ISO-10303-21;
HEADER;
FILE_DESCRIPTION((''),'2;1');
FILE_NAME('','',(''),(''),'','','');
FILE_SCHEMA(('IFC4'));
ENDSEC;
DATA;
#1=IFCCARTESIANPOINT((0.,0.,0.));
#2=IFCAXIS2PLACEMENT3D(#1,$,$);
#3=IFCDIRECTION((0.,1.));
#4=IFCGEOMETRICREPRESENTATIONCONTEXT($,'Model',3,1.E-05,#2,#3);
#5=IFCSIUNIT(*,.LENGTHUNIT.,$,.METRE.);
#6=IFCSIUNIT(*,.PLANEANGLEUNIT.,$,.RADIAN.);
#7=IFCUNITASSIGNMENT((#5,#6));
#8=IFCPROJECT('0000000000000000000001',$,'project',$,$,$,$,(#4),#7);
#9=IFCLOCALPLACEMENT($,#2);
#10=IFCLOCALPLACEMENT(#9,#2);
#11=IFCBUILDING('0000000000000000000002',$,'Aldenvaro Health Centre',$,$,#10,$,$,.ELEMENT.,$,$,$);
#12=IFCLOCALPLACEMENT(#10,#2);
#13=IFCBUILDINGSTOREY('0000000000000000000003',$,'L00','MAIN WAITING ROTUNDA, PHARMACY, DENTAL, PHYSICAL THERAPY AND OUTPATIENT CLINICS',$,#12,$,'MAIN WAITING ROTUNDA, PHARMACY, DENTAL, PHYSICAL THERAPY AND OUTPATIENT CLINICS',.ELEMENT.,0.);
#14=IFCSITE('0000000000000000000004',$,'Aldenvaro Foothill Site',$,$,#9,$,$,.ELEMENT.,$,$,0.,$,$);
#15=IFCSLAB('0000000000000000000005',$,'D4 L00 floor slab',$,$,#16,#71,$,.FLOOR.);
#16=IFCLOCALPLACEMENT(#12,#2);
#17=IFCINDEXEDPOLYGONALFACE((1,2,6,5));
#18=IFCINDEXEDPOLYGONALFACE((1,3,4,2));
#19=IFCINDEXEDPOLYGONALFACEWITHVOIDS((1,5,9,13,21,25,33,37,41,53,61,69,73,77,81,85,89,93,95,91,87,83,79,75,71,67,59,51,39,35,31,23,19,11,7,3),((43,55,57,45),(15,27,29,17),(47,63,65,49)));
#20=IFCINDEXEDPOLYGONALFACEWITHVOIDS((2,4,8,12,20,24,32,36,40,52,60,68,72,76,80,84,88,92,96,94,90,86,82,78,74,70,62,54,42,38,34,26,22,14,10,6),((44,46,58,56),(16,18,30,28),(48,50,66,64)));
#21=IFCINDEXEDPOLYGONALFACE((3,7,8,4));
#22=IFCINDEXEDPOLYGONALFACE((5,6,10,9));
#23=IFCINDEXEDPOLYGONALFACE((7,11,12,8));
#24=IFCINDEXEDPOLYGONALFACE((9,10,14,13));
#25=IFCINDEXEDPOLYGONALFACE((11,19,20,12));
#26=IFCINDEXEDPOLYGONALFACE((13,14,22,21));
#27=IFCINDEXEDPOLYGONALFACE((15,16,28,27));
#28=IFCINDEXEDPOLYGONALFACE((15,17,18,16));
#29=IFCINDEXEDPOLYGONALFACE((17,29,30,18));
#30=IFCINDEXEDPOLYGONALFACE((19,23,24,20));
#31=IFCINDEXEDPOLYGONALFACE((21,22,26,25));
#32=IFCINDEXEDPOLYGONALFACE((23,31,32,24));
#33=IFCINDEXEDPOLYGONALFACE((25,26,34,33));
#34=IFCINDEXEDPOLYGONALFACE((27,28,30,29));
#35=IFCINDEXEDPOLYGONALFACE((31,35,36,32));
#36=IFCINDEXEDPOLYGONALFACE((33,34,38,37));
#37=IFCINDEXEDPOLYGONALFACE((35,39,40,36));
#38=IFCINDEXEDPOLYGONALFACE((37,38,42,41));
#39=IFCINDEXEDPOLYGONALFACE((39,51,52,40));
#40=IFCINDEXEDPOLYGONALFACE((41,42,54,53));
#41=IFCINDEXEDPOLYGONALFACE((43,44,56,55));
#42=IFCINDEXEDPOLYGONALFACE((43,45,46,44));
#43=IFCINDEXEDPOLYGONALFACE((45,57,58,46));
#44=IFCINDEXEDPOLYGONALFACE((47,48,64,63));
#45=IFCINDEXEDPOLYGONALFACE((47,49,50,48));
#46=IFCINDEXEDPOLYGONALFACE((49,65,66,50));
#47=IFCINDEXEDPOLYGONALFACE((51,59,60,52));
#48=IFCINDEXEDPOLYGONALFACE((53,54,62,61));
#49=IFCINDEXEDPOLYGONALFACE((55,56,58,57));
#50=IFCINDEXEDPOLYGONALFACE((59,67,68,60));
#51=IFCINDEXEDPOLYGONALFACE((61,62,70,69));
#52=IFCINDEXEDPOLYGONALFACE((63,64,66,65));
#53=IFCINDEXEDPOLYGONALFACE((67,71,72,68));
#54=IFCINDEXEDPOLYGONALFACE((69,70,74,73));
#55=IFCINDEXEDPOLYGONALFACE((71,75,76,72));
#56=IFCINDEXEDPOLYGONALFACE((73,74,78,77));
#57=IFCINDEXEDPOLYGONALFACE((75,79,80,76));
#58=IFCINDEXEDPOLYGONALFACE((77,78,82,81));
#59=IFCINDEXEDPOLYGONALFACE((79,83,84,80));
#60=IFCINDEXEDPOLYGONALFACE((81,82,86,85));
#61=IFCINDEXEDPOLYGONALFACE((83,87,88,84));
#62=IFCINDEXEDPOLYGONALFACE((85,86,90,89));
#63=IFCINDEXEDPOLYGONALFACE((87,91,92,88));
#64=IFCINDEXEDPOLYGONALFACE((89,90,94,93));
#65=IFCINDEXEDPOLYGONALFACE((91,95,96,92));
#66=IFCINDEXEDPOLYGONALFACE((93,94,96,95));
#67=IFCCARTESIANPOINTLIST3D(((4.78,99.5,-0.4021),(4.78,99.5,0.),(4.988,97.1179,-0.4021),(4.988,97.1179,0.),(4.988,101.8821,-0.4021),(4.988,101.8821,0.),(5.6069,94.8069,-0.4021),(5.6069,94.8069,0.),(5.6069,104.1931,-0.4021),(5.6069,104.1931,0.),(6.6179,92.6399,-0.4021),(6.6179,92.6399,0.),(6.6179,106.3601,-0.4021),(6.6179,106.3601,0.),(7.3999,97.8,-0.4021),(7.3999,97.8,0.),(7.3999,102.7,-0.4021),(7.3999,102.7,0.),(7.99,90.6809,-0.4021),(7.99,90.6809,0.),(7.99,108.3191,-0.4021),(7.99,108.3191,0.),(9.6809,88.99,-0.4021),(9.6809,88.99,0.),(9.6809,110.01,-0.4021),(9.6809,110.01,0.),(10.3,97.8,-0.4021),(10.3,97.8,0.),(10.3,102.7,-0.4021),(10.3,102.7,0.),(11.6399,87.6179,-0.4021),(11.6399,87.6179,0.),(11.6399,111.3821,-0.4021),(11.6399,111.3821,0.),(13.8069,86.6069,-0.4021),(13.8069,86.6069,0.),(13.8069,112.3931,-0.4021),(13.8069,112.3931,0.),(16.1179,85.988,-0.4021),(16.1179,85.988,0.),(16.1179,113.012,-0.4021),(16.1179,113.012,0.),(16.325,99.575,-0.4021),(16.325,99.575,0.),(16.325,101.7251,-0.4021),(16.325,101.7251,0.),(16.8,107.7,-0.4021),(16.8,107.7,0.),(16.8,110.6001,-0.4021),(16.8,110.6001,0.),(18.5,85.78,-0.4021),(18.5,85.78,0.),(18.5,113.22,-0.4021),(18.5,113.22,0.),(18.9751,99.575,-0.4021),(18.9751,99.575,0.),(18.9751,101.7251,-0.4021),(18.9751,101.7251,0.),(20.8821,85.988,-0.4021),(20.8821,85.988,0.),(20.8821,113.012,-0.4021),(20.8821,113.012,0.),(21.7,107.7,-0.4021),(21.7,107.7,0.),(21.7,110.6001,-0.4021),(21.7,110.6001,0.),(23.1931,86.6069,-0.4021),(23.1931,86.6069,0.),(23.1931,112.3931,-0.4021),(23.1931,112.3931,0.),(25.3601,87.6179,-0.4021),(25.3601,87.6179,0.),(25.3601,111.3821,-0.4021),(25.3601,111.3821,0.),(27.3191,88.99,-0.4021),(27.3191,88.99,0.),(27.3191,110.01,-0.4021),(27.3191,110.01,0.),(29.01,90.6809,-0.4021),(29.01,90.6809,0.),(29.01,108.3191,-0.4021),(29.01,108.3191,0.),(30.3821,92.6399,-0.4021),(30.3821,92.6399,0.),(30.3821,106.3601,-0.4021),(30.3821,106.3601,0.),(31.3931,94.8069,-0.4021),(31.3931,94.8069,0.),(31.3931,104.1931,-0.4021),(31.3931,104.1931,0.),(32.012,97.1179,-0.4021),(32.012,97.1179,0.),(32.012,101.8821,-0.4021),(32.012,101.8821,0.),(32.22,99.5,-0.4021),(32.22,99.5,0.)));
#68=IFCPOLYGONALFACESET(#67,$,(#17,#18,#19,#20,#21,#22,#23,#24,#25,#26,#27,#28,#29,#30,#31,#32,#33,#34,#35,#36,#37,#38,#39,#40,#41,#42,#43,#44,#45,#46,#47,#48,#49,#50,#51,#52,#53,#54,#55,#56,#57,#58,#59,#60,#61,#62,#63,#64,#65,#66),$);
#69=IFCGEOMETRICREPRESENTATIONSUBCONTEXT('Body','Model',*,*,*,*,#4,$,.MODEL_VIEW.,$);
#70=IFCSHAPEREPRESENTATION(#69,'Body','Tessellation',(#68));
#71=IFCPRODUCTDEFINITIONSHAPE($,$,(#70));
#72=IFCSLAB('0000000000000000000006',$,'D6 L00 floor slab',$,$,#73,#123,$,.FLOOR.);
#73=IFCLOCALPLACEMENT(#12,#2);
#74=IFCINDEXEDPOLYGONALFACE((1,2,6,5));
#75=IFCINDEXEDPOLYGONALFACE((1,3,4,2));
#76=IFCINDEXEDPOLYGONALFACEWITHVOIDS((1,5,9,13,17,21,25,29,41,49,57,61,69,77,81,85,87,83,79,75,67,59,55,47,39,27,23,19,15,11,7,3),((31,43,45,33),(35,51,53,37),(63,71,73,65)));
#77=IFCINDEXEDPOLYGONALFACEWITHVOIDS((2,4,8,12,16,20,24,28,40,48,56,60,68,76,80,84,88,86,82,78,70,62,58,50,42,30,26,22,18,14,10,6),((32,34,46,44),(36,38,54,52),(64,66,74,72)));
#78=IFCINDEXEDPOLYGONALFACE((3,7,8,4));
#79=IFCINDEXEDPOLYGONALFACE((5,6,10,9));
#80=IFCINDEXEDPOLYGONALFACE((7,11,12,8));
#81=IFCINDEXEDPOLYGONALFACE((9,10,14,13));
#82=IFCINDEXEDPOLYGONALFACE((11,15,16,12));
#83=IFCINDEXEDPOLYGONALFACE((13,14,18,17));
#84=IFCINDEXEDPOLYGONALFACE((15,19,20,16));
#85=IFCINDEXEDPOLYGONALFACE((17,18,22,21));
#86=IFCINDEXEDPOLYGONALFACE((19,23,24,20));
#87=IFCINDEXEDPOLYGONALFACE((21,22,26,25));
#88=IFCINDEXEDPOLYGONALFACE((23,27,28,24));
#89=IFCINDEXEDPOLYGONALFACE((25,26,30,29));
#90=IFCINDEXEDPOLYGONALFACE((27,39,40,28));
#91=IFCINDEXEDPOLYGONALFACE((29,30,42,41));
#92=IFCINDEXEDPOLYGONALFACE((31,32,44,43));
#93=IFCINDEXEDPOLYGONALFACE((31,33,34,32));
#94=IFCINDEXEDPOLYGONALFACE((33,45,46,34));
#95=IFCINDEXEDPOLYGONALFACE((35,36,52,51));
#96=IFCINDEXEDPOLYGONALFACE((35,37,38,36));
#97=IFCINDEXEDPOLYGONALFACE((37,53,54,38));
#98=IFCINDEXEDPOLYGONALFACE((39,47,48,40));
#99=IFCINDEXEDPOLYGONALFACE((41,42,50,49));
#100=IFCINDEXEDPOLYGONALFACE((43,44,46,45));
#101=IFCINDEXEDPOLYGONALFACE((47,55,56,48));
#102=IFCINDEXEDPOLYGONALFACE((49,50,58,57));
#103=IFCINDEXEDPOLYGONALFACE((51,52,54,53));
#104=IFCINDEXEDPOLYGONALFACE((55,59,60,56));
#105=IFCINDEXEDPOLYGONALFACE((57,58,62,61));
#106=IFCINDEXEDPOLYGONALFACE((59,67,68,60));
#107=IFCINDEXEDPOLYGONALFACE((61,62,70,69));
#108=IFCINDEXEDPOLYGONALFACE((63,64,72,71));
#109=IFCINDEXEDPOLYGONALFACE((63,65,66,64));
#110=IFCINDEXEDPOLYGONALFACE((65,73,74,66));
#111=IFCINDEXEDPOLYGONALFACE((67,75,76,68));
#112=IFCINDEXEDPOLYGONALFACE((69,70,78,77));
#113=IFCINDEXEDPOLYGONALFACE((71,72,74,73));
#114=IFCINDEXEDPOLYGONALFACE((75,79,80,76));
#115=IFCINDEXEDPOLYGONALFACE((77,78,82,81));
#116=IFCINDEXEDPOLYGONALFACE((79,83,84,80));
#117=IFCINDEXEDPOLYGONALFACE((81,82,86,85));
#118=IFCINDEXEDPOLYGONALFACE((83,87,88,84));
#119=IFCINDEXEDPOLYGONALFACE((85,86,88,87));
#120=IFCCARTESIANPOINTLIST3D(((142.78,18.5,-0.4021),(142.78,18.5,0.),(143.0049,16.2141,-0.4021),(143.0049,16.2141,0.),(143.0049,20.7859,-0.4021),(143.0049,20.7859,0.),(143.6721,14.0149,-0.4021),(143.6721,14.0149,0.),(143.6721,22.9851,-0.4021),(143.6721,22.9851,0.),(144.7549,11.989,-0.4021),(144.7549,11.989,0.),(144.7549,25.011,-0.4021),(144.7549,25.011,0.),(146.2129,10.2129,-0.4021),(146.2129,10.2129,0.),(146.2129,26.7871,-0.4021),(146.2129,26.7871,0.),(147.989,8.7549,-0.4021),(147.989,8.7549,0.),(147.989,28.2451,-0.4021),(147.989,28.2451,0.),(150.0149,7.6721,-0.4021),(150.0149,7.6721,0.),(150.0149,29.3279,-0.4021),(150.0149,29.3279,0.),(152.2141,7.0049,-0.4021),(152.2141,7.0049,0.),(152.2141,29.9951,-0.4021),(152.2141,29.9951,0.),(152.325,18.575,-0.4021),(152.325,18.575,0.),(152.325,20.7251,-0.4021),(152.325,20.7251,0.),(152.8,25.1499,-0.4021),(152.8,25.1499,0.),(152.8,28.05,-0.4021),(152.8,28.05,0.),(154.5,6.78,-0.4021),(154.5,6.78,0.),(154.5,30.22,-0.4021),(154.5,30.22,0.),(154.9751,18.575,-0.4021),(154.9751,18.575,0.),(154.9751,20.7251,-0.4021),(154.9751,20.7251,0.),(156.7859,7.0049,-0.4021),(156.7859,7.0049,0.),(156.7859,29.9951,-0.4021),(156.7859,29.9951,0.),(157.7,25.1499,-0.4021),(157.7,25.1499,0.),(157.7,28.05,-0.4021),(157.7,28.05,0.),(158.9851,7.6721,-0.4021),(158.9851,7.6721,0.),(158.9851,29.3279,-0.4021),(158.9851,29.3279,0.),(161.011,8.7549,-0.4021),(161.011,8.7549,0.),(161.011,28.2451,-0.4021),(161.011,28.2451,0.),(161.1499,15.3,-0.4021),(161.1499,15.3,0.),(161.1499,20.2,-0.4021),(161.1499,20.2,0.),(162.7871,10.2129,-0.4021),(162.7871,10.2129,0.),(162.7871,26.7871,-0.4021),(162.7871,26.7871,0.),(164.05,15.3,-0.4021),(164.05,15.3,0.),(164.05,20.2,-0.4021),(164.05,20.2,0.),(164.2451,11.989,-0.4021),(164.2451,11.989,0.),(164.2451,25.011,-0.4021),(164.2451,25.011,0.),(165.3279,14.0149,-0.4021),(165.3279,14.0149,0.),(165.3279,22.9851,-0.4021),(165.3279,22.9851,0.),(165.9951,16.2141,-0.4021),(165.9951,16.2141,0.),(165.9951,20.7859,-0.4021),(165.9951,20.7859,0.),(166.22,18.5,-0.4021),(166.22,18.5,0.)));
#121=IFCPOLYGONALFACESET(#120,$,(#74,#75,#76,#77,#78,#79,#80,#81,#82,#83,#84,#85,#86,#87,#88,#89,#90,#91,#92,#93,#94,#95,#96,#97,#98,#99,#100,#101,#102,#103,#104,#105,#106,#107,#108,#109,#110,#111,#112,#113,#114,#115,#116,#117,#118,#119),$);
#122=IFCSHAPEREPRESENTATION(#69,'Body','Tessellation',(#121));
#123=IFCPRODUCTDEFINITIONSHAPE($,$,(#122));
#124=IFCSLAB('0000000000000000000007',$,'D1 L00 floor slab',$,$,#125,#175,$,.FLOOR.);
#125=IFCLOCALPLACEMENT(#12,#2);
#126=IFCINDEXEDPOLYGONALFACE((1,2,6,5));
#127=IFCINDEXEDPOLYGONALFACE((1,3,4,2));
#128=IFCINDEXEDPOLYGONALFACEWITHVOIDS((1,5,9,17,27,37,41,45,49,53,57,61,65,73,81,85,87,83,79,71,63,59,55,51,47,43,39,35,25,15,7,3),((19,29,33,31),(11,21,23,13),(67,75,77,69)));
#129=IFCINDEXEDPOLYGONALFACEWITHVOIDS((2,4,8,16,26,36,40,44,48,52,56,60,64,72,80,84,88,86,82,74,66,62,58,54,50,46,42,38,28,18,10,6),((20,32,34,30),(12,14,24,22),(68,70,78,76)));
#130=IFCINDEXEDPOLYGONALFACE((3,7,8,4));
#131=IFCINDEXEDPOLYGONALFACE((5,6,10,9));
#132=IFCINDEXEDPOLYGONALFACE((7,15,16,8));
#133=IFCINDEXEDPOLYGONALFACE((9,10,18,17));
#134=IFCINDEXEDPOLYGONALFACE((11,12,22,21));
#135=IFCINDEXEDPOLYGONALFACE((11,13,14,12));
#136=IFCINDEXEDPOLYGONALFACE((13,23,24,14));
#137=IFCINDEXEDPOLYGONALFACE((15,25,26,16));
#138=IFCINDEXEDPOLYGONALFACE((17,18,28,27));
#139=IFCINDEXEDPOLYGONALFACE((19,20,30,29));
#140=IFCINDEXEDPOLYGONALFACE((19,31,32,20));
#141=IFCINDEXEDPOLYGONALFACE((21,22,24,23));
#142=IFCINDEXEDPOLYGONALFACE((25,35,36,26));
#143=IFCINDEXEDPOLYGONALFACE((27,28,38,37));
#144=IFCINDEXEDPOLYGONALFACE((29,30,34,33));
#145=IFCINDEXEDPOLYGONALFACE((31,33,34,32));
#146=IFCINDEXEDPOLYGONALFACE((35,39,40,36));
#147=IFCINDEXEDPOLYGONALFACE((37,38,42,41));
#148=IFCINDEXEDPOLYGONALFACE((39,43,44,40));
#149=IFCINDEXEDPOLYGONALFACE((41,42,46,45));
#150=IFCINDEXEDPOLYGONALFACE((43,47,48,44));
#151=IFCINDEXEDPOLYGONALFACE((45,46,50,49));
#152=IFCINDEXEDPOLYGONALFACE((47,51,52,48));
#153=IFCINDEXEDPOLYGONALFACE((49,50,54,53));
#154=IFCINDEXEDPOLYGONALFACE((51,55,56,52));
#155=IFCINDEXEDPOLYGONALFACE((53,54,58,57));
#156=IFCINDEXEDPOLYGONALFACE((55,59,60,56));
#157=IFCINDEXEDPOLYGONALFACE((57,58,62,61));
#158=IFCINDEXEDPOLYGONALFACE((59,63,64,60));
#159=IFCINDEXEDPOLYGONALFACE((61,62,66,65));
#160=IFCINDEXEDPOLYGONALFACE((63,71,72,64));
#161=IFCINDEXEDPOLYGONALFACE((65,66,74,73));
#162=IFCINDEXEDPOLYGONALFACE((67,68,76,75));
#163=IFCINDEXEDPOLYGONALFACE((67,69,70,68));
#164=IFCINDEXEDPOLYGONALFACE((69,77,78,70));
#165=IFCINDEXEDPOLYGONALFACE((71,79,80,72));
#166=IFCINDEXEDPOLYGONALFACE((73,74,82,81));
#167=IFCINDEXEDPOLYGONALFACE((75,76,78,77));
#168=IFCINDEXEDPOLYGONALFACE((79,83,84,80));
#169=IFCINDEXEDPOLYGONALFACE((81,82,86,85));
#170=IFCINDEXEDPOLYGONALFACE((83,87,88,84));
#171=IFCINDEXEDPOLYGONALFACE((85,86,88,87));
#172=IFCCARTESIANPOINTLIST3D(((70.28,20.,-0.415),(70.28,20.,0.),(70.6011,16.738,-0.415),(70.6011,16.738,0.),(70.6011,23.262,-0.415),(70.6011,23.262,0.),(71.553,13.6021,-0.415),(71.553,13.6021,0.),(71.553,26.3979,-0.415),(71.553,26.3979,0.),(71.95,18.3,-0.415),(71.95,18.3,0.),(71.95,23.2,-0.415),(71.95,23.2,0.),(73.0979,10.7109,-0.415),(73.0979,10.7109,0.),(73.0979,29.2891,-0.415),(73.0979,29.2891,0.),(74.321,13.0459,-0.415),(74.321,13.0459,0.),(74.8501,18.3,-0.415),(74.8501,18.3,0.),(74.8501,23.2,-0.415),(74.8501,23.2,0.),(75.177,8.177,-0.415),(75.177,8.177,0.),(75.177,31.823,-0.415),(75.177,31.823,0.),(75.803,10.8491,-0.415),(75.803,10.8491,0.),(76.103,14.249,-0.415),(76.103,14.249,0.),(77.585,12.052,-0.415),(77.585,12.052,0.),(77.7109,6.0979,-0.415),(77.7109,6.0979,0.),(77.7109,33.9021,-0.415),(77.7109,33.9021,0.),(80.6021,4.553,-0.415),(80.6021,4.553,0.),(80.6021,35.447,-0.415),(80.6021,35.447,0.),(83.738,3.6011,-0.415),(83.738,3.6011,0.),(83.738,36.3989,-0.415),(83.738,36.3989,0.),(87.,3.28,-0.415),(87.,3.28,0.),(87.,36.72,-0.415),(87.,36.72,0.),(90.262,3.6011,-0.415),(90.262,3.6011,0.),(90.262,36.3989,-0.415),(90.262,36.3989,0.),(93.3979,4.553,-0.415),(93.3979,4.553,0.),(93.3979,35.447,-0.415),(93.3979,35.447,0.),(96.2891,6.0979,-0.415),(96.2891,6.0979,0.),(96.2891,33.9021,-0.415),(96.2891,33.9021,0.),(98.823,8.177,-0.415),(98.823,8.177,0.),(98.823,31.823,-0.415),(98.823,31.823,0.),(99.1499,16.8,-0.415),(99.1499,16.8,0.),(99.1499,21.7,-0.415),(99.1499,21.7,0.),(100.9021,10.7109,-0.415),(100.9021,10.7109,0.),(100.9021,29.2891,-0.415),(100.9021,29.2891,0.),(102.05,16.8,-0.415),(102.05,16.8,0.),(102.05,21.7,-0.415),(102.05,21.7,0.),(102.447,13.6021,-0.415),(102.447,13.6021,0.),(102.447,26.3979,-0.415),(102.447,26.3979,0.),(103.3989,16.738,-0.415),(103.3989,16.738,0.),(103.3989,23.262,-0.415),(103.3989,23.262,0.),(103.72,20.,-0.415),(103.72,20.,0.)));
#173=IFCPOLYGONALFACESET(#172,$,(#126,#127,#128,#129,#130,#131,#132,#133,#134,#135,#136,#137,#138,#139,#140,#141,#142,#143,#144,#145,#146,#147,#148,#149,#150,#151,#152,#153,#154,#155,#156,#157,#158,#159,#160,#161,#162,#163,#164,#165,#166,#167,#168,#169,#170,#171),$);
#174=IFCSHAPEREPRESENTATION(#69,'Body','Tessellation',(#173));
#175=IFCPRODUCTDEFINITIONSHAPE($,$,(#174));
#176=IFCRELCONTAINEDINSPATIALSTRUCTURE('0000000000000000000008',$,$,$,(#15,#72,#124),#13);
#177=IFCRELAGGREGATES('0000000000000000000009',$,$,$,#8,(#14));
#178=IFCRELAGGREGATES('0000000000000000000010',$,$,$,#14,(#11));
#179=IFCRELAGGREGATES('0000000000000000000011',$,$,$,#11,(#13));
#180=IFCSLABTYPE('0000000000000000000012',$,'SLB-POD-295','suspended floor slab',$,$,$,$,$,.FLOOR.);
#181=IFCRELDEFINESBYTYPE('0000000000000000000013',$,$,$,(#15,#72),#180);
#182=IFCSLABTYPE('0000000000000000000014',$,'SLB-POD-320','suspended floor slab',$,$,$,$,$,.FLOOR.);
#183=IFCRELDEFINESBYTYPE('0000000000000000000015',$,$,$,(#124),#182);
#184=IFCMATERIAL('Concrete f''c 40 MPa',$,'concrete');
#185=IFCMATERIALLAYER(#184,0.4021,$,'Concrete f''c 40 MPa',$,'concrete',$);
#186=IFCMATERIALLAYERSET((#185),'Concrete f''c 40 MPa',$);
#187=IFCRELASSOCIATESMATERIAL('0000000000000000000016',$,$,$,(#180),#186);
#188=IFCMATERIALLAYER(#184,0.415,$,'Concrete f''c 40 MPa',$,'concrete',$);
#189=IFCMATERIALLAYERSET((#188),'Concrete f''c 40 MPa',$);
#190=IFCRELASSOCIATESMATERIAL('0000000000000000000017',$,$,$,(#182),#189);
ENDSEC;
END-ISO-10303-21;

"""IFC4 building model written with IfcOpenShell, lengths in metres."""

from ifc_helpers import new_model, si_unit, direction, frame, origin, place, context, subcontext, project, spatial, polyline, outline, extrude, material, layer, layer_set, type_object, element, save


model = new_model("IFC4")

# Units and contexts
model_context = context("Model", 3, precision=1e-05, world=origin(), true_north=direction((0.0, 1.0)))
body_context = subcontext(model_context, "Body", "Model", "MODEL_VIEW")
ifc_project = project(units=[si_unit("LENGTHUNIT", "METRE"), si_unit("PLANEANGLEUNIT", "RADIAN")], contexts=[model_context])

# Site, building, storey
site_placement = place(None, origin())
site = spatial("IfcSite", under=ifc_project, at=site_placement, Name="Aldenvaro Foothill Site", CompositionType="ELEMENT", RefElevation=0.0)
building_placement = place(site_placement, origin())
building = spatial("IfcBuilding", under=site, at=building_placement, Name="Aldenvaro Health Centre", CompositionType="ELEMENT")
storey_placement = place(building_placement, origin())
storey = spatial("IfcBuildingStorey", under=building, at=storey_placement, Name="L00", Description="MAIN WAITING ROTUNDA, PHARMACY, DENTAL, PHYSICAL THERAPY AND OUTPATIENT CLINICS", LongName="MAIN WAITING ROTUNDA, PHARMACY, DENTAL, PHYSICAL THERAPY AND OUTPATIENT CLINICS", CompositionType="ELEMENT", Elevation=0.0)

# Slabs
ifc_material_1 = material(Name="Concrete f'c 40 MPa", Category="concrete")
ifc_layer_1 = layer(ifc_material_1, 0.4021, Name="Concrete f'c 40 MPa", Category="concrete")
ifc_layer_set_1 = layer_set([ifc_layer_1], Name="Concrete f'c 40 MPa")
slab_type_1 = type_object("IfcSlabType", Name="SLB-POD-295", Description="suspended floor slab", PredefinedType="FLOOR", material=ifc_layer_set_1)
slab_1_placement = place(storey_placement, frame((0.0, 0.0, -0.4021)))
element("IfcSlab", 1, at=slab_1_placement, inside=storey, type_object=slab_type_1, Name="D4 L00 floor slab", PredefinedType="FLOOR", context=body_context, shape_type="SweptSolid", body=[
    extrude(outline(polyline([(32.22, 99.5), (32.012, 101.8821), (31.3931, 104.1931), (30.3821, 106.3601), (29.01, 108.3191), (27.3191, 110.01), (25.3601, 111.3821), (23.1931, 112.3931), (20.8821, 113.012), (18.5, 113.22), (16.1179, 113.012), (13.8069, 112.3931), (11.6399, 111.3821), (9.6809, 110.01), (7.99, 108.3191), (6.6179, 106.3601), (5.6069, 104.1931), (4.988, 101.8821), (4.78, 99.5), (4.988, 97.1179), (5.6069, 94.8069), (6.6179, 92.6399), (7.99, 90.6809), (9.6809, 88.99), (11.6399, 87.6179), (13.8069, 86.6069), (16.1179, 85.988), (18.5, 85.78), (20.8821, 85.988), (23.1931, 86.6069), (25.3601, 87.6179), (27.3191, 88.99), (29.01, 90.6809), (30.3821, 92.6399), (31.3931, 94.8069), (32.012, 97.1179), (32.22, 99.5)]), holes=[polyline([(16.8, 107.7), (21.7, 107.7), (21.7, 110.6001), (16.8, 110.6001), (16.8, 107.7)]), polyline([(10.3, 97.8), (10.3, 102.7), (7.3999, 102.7), (7.3999, 97.8), (10.3, 97.8)]), polyline([(16.325, 99.575), (18.9751, 99.575), (18.9751, 101.7251), (16.325, 101.7251), (16.325, 99.575)])]), origin(), (0.0, 0.0, 1.0), 0.4021),
])
slab_2_placement = place(storey_placement, frame((0.0, 0.0, -0.4021)))
element("IfcSlab", 2, at=slab_2_placement, inside=storey, type_object=slab_type_1, Name="D6 L00 floor slab", PredefinedType="FLOOR", context=body_context, shape_type="SweptSolid", body=[
    extrude(outline(polyline([(166.22, 18.5), (165.9951, 20.7859), (165.3279, 22.9851), (164.2451, 25.011), (162.7871, 26.7871), (161.011, 28.2451), (158.9851, 29.3279), (156.7859, 29.9951), (154.5, 30.22), (152.2141, 29.9951), (150.0149, 29.3279), (147.989, 28.2451), (146.2129, 26.7871), (144.7549, 25.011), (143.6721, 22.9851), (143.0049, 20.7859), (142.78, 18.5), (143.0049, 16.2141), (143.6721, 14.0149), (144.7549, 11.989), (146.2129, 10.2129), (147.989, 8.7549), (150.0149, 7.6721), (152.2141, 7.0049), (154.5, 6.78), (156.7859, 7.0049), (158.9851, 7.6721), (161.011, 8.7549), (162.7871, 10.2129), (164.2451, 11.989), (165.3279, 14.0149), (165.9951, 16.2141), (166.22, 18.5)]), holes=[polyline([(161.1499, 20.2), (161.1499, 15.3), (164.05, 15.3), (164.05, 20.2), (161.1499, 20.2)]), polyline([(152.8, 25.1499), (157.7, 25.1499), (157.7, 28.05), (152.8, 28.05), (152.8, 25.1499)]), polyline([(152.325, 18.575), (154.9751, 18.575), (154.9751, 20.7251), (152.325, 20.7251), (152.325, 18.575)])]), origin(), (0.0, 0.0, 1.0), 0.4021),
])
ifc_layer_2 = layer(ifc_material_1, 0.415, Name="Concrete f'c 40 MPa", Category="concrete")
ifc_layer_set_2 = layer_set([ifc_layer_2], Name="Concrete f'c 40 MPa")
slab_type_2 = type_object("IfcSlabType", Name="SLB-POD-320", Description="suspended floor slab", PredefinedType="FLOOR", material=ifc_layer_set_2)
slab_3_placement = place(storey_placement, frame((0.0, 0.0, -0.415)))
element("IfcSlab", 3, at=slab_3_placement, inside=storey, type_object=slab_type_2, Name="D1 L00 floor slab", PredefinedType="FLOOR", context=body_context, shape_type="SweptSolid", body=[
    extrude(outline(polyline([(103.72, 20.0), (103.3989, 23.262), (102.447, 26.3979), (100.9021, 29.2891), (98.823, 31.823), (96.2891, 33.9021), (93.3979, 35.447), (90.262, 36.3989), (87.0, 36.72), (83.738, 36.3989), (80.6021, 35.447), (77.7109, 33.9021), (75.177, 31.823), (73.0979, 29.2891), (71.553, 26.3979), (70.6011, 23.262), (70.28, 20.0), (70.6011, 16.738), (71.553, 13.6021), (73.0979, 10.7109), (75.177, 8.177), (77.7109, 6.0979), (80.6021, 4.553), (83.738, 3.6011), (87.0, 3.28), (90.262, 3.6011), (93.3979, 4.553), (96.2891, 6.0979), (98.823, 8.177), (100.9021, 10.7109), (102.447, 13.6021), (103.3989, 16.738), (103.72, 20.0)]), holes=[polyline([(74.8501, 18.3), (74.8501, 23.2), (71.95, 23.2), (71.95, 18.3), (74.8501, 18.3)]), polyline([(99.1499, 21.7), (99.1499, 16.8), (102.05, 16.8), (102.05, 21.7), (99.1499, 21.7)]), polyline([(77.585, 12.052), (76.103, 14.249), (74.321, 13.0459), (75.803, 10.8491), (77.585, 12.052)])]), origin(), (0.0, 0.0, 1.0), 0.415),
])

save(model, "model.ifc")
